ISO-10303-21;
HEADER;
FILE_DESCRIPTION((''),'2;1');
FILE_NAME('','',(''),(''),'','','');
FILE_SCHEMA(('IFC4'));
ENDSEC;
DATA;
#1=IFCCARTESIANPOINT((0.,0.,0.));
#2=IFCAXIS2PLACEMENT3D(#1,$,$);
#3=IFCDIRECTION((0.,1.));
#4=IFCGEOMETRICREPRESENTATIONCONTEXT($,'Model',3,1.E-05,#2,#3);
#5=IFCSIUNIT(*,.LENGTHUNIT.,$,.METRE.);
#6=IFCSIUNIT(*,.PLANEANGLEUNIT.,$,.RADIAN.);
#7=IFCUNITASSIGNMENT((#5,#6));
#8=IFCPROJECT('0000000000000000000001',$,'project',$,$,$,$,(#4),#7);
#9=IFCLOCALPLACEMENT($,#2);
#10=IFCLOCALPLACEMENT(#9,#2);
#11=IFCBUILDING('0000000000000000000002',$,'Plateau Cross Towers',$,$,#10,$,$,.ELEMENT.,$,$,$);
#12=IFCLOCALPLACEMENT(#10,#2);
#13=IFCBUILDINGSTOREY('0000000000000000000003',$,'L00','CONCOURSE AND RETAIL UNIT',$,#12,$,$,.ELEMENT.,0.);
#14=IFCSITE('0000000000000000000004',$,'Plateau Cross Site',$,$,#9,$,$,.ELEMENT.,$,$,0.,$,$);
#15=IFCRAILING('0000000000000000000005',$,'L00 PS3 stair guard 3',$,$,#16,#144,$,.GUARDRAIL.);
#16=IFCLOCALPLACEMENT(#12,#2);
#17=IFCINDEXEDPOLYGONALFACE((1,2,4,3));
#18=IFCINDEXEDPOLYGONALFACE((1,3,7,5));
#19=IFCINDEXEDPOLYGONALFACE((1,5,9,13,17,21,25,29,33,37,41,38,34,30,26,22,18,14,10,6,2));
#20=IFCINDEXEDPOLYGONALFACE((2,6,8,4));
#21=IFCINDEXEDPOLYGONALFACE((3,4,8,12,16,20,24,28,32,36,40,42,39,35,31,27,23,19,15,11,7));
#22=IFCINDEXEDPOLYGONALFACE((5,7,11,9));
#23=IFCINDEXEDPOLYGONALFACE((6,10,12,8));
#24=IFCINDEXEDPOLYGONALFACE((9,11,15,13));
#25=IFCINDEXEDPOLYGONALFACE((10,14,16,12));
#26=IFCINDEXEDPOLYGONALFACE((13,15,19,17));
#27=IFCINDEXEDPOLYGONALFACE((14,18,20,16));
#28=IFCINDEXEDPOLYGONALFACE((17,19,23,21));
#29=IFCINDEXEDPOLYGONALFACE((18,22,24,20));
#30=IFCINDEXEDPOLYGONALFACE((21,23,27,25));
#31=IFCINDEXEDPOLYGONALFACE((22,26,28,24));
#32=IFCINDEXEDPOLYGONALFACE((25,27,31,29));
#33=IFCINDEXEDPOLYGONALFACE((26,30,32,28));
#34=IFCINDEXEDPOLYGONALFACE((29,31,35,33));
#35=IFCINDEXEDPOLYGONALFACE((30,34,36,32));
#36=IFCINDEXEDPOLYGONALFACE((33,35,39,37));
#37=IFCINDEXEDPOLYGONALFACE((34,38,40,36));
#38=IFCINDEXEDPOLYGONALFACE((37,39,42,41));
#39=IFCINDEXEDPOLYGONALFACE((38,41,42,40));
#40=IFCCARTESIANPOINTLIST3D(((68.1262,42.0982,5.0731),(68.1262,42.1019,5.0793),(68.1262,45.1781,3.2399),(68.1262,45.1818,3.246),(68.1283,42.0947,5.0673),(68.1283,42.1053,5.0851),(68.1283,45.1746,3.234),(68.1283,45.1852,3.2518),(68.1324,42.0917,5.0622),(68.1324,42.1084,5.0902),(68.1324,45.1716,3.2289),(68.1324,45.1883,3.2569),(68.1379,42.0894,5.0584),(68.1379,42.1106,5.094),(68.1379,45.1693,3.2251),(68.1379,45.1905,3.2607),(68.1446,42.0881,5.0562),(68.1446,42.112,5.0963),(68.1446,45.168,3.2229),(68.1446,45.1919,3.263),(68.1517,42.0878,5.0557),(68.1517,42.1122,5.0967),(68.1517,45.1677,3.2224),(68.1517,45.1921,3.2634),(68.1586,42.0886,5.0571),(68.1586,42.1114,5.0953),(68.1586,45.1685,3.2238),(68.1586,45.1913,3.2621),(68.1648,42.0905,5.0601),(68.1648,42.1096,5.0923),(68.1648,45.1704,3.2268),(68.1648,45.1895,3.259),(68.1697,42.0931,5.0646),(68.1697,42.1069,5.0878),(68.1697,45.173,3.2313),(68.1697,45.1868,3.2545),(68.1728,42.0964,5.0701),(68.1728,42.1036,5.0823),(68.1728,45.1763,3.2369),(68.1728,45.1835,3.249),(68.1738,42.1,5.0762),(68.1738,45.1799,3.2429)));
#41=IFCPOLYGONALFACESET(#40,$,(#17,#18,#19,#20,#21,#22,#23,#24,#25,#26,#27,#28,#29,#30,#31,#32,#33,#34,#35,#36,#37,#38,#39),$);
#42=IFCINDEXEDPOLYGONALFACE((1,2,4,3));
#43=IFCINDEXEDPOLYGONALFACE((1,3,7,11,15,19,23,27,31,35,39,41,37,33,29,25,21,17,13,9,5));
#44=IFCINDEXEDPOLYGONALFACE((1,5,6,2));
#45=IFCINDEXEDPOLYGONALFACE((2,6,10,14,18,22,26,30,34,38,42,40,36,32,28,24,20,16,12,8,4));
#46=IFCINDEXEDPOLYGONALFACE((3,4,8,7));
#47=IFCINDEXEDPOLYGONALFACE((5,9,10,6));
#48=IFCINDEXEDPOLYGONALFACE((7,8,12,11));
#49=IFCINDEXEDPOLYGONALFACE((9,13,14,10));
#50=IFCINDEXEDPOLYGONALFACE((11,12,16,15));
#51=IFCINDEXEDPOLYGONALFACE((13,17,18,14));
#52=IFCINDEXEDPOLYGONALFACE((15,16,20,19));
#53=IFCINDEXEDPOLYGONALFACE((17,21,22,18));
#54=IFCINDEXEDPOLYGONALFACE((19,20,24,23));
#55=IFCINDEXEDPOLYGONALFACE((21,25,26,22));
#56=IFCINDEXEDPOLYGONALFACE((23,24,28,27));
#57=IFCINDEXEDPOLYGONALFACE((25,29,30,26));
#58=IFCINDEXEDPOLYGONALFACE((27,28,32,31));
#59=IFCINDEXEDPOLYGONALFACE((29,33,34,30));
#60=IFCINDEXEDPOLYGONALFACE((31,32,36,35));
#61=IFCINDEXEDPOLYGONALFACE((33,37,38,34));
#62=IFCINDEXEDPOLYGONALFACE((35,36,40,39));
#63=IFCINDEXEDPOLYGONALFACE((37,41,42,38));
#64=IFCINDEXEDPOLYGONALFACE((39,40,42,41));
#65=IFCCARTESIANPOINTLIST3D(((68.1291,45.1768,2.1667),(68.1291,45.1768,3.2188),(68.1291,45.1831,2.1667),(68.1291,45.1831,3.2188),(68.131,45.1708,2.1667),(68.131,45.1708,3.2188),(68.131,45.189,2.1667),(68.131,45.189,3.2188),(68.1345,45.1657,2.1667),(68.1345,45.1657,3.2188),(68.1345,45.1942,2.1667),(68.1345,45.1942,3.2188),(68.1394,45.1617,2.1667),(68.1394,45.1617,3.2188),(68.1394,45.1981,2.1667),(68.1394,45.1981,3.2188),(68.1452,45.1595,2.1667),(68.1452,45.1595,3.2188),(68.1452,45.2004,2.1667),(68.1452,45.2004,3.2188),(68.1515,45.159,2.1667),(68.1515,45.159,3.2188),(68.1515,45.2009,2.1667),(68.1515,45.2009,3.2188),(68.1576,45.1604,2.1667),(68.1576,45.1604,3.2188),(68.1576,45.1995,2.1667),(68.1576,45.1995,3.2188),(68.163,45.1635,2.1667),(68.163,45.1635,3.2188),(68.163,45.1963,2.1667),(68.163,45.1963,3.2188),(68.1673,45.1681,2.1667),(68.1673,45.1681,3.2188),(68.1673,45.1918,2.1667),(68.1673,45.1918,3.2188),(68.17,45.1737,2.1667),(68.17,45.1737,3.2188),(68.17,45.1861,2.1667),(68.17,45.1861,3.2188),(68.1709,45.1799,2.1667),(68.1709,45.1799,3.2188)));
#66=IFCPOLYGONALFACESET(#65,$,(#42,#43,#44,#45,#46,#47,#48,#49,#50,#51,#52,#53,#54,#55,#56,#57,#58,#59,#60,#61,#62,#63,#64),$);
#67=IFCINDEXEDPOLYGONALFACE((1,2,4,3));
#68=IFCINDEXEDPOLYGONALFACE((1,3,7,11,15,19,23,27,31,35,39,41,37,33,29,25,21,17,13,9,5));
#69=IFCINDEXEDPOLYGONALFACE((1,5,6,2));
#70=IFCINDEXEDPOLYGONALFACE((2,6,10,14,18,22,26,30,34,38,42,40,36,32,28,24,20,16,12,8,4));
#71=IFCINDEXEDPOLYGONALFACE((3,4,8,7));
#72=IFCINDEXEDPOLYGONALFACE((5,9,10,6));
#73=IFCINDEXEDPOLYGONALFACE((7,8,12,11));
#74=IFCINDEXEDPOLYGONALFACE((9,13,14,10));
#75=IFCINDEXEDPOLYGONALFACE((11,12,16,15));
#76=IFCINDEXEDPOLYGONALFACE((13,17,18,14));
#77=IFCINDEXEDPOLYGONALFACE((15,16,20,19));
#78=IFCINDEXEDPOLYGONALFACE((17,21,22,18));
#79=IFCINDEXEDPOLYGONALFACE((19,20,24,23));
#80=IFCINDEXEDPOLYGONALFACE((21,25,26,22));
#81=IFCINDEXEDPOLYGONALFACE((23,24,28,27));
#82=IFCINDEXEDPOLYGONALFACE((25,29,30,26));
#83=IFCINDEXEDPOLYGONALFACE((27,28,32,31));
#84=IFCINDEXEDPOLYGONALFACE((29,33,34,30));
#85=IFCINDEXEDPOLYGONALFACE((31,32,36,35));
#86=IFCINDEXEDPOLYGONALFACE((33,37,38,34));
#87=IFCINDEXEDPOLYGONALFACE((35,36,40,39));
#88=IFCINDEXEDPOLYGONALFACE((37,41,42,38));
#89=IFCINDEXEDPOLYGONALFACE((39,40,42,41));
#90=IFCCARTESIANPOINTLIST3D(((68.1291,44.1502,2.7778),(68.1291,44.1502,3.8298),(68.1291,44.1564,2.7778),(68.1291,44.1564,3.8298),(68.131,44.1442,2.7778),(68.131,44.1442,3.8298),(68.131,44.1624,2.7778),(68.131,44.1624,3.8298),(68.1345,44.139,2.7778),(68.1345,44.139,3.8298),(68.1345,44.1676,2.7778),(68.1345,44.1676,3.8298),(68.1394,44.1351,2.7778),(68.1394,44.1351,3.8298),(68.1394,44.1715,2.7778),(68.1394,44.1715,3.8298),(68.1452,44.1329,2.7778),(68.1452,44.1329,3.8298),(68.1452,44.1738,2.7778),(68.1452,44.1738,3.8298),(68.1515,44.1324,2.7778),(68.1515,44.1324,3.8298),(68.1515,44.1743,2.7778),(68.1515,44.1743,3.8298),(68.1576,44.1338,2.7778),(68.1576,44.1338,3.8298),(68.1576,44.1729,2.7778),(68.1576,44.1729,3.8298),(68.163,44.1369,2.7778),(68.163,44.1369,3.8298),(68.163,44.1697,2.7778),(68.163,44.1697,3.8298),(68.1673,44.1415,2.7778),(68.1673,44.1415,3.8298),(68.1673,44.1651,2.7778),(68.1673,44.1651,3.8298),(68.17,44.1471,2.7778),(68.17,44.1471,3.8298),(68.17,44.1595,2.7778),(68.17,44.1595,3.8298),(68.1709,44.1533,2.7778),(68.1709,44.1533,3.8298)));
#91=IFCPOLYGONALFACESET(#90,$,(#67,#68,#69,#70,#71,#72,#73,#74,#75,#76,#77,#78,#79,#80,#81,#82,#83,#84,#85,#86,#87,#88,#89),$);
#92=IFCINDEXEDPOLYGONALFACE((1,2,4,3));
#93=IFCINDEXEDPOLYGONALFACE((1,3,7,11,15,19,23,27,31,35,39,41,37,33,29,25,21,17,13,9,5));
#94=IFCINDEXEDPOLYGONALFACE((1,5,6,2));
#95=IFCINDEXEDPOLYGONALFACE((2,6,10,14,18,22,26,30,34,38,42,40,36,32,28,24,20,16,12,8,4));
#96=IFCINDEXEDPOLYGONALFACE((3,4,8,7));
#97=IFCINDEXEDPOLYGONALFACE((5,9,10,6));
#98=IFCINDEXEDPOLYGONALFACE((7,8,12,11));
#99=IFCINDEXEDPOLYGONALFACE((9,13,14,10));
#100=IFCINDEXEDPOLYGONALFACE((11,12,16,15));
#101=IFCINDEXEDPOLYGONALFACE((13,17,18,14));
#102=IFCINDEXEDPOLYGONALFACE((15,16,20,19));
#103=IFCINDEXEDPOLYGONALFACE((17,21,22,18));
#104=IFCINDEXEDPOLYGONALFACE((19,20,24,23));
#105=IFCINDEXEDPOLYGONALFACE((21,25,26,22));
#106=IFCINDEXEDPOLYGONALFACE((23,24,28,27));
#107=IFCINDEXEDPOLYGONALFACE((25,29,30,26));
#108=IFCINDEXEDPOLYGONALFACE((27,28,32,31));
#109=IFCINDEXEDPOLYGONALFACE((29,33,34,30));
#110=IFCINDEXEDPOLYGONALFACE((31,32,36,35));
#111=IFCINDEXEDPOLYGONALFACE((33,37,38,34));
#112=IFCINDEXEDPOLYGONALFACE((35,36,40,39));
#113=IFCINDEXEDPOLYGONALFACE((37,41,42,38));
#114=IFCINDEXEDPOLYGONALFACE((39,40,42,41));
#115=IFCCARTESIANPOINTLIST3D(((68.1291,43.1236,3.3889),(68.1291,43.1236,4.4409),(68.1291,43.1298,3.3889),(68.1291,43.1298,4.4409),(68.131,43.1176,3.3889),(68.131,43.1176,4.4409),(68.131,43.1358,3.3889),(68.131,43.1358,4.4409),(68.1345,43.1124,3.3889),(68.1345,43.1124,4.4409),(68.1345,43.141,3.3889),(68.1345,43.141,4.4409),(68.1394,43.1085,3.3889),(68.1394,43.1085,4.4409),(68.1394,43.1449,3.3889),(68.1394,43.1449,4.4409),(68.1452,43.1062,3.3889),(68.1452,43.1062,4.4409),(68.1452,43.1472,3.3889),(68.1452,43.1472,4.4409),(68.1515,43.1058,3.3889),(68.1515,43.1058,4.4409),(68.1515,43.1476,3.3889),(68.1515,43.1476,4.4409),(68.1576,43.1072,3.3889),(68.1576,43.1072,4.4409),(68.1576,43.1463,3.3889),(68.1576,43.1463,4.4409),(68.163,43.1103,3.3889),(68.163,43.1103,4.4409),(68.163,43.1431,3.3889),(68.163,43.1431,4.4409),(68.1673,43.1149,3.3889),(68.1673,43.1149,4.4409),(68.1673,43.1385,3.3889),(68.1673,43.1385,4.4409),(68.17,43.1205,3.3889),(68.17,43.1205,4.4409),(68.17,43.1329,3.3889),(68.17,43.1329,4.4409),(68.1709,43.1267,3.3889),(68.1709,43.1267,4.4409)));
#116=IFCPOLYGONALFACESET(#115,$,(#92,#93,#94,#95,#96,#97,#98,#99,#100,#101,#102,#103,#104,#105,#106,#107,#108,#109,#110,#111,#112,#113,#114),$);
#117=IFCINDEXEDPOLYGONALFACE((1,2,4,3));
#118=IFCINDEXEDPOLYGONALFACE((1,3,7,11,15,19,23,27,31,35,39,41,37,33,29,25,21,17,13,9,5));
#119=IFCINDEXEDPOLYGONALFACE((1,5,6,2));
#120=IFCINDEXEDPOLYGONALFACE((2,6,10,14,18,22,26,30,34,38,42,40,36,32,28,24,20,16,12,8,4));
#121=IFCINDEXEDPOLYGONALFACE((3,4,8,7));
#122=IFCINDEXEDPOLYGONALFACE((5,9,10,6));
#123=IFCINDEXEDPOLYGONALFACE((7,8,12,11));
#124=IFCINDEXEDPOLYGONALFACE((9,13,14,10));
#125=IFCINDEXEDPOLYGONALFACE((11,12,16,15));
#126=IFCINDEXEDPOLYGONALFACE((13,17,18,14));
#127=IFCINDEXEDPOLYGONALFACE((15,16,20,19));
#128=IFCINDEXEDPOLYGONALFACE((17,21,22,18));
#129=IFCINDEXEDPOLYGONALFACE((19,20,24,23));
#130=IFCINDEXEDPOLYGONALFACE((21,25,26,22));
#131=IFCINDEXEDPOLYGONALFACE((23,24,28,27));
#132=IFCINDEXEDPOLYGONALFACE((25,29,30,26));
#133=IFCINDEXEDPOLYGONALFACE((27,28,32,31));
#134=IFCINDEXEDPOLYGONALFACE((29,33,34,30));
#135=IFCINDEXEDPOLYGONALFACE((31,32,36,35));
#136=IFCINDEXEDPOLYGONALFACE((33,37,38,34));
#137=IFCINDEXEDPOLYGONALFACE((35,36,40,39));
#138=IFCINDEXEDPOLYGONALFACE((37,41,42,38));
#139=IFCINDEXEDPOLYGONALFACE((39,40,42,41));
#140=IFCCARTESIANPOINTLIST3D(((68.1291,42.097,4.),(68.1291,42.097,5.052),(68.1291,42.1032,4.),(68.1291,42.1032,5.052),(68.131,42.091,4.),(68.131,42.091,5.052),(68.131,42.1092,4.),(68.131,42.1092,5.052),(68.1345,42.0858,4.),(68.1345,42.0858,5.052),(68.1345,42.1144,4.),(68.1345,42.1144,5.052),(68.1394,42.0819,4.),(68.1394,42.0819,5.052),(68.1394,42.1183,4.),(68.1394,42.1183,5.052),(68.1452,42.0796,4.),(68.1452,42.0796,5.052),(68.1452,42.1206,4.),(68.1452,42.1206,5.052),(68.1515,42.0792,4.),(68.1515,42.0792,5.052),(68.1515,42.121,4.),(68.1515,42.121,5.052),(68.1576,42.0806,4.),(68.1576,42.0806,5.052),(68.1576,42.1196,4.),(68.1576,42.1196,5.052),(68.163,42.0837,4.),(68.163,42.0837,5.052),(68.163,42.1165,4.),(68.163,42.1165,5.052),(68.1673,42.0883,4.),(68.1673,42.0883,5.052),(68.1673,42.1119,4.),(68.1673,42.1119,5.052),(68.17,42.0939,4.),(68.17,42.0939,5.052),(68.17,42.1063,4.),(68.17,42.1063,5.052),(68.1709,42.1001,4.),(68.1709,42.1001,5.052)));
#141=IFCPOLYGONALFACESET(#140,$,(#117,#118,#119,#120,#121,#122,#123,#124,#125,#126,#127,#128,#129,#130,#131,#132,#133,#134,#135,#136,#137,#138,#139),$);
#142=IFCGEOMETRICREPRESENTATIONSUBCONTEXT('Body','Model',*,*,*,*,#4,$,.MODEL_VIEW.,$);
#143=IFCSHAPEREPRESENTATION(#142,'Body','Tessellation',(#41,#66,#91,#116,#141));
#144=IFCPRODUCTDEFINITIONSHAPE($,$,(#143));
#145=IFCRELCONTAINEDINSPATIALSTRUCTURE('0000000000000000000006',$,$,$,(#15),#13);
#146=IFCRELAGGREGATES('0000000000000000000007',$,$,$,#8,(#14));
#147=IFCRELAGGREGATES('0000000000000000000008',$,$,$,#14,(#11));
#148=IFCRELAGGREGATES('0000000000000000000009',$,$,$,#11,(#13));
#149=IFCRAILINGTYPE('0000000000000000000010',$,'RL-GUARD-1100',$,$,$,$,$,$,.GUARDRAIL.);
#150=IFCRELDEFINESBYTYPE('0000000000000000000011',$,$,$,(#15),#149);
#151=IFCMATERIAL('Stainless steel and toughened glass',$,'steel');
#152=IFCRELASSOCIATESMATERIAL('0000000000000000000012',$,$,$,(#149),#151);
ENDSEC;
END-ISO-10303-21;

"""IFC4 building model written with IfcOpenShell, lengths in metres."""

from ifc_helpers import new_model, si_unit, direction, frame, origin, origin_2d, place, context, subcontext, project, spatial, circle, extrude, material, type_object, element, save


model = new_model("IFC4")

# Units and contexts
model_context = context("Model", 3, precision=1e-05, world=origin(), true_north=direction((0.0, 1.0)))
body_context = subcontext(model_context, "Body", "Model", "MODEL_VIEW")
ifc_project = project(units=[si_unit("LENGTHUNIT", "METRE"), si_unit("PLANEANGLEUNIT", "RADIAN")], contexts=[model_context])

# Site, building, storey
site_placement = place(None, origin())
site = spatial("IfcSite", under=ifc_project, at=site_placement, Name="Plateau Cross Site", CompositionType="ELEMENT", RefElevation=0.0)
building_placement = place(site_placement, origin())
building = spatial("IfcBuilding", under=site, at=building_placement, Name="Plateau Cross Towers", CompositionType="ELEMENT")
storey_placement = place(building_placement, origin())
storey = spatial("IfcBuildingStorey", under=building, at=storey_placement, Name="L00", Description="CONCOURSE AND RETAIL UNIT", CompositionType="ELEMENT", Elevation=0.0)

# Railing
ifc_material_1 = material(Name="Stainless steel and toughened glass", Category="steel")
railing_type_1 = type_object("IfcRailingType", Name="RL-GUARD-1100", PredefinedType="GUARDRAIL", material=ifc_material_1)
railing_1_placement = place(storey_placement, frame((68.1499, 45.1799, 2.1667)))
element("IfcRailing", 1, at=railing_1_placement, inside=storey, type_object=railing_type_1, Name="L00 PS3 stair guard 3", PredefinedType="GUARDRAIL", context=body_context, shape_type="SweptSolid", body=[
    extrude(circle(Radius=0.0239, at=origin_2d()), frame((0.0, 0.0, 1.0762), z_axis=(0.0, -0.859291, 0.511487), x_axis=(1.0, 0.0, 0.0)), (0.0, 0.0, 1.0), 3.5842),
    extrude(circle(Radius=0.021, at=origin_2d()), origin(), (0.0, 0.0, 1.0), 1.052),
    extrude(circle(Radius=0.021, at=origin_2d()), frame((0.0, -1.0266, 0.6111)), (0.0, 0.0, 1.0), 1.052),
    extrude(circle(Radius=0.021, at=origin_2d()), frame((0.0, -2.0532, 1.2222)), (0.0, 0.0, 1.0), 1.052),
    extrude(circle(Radius=0.021, at=origin_2d()), frame((0.0, -3.0798, 1.8333)), (0.0, 0.0, 1.0), 1.052),
])

save(model, "model.ifc")
